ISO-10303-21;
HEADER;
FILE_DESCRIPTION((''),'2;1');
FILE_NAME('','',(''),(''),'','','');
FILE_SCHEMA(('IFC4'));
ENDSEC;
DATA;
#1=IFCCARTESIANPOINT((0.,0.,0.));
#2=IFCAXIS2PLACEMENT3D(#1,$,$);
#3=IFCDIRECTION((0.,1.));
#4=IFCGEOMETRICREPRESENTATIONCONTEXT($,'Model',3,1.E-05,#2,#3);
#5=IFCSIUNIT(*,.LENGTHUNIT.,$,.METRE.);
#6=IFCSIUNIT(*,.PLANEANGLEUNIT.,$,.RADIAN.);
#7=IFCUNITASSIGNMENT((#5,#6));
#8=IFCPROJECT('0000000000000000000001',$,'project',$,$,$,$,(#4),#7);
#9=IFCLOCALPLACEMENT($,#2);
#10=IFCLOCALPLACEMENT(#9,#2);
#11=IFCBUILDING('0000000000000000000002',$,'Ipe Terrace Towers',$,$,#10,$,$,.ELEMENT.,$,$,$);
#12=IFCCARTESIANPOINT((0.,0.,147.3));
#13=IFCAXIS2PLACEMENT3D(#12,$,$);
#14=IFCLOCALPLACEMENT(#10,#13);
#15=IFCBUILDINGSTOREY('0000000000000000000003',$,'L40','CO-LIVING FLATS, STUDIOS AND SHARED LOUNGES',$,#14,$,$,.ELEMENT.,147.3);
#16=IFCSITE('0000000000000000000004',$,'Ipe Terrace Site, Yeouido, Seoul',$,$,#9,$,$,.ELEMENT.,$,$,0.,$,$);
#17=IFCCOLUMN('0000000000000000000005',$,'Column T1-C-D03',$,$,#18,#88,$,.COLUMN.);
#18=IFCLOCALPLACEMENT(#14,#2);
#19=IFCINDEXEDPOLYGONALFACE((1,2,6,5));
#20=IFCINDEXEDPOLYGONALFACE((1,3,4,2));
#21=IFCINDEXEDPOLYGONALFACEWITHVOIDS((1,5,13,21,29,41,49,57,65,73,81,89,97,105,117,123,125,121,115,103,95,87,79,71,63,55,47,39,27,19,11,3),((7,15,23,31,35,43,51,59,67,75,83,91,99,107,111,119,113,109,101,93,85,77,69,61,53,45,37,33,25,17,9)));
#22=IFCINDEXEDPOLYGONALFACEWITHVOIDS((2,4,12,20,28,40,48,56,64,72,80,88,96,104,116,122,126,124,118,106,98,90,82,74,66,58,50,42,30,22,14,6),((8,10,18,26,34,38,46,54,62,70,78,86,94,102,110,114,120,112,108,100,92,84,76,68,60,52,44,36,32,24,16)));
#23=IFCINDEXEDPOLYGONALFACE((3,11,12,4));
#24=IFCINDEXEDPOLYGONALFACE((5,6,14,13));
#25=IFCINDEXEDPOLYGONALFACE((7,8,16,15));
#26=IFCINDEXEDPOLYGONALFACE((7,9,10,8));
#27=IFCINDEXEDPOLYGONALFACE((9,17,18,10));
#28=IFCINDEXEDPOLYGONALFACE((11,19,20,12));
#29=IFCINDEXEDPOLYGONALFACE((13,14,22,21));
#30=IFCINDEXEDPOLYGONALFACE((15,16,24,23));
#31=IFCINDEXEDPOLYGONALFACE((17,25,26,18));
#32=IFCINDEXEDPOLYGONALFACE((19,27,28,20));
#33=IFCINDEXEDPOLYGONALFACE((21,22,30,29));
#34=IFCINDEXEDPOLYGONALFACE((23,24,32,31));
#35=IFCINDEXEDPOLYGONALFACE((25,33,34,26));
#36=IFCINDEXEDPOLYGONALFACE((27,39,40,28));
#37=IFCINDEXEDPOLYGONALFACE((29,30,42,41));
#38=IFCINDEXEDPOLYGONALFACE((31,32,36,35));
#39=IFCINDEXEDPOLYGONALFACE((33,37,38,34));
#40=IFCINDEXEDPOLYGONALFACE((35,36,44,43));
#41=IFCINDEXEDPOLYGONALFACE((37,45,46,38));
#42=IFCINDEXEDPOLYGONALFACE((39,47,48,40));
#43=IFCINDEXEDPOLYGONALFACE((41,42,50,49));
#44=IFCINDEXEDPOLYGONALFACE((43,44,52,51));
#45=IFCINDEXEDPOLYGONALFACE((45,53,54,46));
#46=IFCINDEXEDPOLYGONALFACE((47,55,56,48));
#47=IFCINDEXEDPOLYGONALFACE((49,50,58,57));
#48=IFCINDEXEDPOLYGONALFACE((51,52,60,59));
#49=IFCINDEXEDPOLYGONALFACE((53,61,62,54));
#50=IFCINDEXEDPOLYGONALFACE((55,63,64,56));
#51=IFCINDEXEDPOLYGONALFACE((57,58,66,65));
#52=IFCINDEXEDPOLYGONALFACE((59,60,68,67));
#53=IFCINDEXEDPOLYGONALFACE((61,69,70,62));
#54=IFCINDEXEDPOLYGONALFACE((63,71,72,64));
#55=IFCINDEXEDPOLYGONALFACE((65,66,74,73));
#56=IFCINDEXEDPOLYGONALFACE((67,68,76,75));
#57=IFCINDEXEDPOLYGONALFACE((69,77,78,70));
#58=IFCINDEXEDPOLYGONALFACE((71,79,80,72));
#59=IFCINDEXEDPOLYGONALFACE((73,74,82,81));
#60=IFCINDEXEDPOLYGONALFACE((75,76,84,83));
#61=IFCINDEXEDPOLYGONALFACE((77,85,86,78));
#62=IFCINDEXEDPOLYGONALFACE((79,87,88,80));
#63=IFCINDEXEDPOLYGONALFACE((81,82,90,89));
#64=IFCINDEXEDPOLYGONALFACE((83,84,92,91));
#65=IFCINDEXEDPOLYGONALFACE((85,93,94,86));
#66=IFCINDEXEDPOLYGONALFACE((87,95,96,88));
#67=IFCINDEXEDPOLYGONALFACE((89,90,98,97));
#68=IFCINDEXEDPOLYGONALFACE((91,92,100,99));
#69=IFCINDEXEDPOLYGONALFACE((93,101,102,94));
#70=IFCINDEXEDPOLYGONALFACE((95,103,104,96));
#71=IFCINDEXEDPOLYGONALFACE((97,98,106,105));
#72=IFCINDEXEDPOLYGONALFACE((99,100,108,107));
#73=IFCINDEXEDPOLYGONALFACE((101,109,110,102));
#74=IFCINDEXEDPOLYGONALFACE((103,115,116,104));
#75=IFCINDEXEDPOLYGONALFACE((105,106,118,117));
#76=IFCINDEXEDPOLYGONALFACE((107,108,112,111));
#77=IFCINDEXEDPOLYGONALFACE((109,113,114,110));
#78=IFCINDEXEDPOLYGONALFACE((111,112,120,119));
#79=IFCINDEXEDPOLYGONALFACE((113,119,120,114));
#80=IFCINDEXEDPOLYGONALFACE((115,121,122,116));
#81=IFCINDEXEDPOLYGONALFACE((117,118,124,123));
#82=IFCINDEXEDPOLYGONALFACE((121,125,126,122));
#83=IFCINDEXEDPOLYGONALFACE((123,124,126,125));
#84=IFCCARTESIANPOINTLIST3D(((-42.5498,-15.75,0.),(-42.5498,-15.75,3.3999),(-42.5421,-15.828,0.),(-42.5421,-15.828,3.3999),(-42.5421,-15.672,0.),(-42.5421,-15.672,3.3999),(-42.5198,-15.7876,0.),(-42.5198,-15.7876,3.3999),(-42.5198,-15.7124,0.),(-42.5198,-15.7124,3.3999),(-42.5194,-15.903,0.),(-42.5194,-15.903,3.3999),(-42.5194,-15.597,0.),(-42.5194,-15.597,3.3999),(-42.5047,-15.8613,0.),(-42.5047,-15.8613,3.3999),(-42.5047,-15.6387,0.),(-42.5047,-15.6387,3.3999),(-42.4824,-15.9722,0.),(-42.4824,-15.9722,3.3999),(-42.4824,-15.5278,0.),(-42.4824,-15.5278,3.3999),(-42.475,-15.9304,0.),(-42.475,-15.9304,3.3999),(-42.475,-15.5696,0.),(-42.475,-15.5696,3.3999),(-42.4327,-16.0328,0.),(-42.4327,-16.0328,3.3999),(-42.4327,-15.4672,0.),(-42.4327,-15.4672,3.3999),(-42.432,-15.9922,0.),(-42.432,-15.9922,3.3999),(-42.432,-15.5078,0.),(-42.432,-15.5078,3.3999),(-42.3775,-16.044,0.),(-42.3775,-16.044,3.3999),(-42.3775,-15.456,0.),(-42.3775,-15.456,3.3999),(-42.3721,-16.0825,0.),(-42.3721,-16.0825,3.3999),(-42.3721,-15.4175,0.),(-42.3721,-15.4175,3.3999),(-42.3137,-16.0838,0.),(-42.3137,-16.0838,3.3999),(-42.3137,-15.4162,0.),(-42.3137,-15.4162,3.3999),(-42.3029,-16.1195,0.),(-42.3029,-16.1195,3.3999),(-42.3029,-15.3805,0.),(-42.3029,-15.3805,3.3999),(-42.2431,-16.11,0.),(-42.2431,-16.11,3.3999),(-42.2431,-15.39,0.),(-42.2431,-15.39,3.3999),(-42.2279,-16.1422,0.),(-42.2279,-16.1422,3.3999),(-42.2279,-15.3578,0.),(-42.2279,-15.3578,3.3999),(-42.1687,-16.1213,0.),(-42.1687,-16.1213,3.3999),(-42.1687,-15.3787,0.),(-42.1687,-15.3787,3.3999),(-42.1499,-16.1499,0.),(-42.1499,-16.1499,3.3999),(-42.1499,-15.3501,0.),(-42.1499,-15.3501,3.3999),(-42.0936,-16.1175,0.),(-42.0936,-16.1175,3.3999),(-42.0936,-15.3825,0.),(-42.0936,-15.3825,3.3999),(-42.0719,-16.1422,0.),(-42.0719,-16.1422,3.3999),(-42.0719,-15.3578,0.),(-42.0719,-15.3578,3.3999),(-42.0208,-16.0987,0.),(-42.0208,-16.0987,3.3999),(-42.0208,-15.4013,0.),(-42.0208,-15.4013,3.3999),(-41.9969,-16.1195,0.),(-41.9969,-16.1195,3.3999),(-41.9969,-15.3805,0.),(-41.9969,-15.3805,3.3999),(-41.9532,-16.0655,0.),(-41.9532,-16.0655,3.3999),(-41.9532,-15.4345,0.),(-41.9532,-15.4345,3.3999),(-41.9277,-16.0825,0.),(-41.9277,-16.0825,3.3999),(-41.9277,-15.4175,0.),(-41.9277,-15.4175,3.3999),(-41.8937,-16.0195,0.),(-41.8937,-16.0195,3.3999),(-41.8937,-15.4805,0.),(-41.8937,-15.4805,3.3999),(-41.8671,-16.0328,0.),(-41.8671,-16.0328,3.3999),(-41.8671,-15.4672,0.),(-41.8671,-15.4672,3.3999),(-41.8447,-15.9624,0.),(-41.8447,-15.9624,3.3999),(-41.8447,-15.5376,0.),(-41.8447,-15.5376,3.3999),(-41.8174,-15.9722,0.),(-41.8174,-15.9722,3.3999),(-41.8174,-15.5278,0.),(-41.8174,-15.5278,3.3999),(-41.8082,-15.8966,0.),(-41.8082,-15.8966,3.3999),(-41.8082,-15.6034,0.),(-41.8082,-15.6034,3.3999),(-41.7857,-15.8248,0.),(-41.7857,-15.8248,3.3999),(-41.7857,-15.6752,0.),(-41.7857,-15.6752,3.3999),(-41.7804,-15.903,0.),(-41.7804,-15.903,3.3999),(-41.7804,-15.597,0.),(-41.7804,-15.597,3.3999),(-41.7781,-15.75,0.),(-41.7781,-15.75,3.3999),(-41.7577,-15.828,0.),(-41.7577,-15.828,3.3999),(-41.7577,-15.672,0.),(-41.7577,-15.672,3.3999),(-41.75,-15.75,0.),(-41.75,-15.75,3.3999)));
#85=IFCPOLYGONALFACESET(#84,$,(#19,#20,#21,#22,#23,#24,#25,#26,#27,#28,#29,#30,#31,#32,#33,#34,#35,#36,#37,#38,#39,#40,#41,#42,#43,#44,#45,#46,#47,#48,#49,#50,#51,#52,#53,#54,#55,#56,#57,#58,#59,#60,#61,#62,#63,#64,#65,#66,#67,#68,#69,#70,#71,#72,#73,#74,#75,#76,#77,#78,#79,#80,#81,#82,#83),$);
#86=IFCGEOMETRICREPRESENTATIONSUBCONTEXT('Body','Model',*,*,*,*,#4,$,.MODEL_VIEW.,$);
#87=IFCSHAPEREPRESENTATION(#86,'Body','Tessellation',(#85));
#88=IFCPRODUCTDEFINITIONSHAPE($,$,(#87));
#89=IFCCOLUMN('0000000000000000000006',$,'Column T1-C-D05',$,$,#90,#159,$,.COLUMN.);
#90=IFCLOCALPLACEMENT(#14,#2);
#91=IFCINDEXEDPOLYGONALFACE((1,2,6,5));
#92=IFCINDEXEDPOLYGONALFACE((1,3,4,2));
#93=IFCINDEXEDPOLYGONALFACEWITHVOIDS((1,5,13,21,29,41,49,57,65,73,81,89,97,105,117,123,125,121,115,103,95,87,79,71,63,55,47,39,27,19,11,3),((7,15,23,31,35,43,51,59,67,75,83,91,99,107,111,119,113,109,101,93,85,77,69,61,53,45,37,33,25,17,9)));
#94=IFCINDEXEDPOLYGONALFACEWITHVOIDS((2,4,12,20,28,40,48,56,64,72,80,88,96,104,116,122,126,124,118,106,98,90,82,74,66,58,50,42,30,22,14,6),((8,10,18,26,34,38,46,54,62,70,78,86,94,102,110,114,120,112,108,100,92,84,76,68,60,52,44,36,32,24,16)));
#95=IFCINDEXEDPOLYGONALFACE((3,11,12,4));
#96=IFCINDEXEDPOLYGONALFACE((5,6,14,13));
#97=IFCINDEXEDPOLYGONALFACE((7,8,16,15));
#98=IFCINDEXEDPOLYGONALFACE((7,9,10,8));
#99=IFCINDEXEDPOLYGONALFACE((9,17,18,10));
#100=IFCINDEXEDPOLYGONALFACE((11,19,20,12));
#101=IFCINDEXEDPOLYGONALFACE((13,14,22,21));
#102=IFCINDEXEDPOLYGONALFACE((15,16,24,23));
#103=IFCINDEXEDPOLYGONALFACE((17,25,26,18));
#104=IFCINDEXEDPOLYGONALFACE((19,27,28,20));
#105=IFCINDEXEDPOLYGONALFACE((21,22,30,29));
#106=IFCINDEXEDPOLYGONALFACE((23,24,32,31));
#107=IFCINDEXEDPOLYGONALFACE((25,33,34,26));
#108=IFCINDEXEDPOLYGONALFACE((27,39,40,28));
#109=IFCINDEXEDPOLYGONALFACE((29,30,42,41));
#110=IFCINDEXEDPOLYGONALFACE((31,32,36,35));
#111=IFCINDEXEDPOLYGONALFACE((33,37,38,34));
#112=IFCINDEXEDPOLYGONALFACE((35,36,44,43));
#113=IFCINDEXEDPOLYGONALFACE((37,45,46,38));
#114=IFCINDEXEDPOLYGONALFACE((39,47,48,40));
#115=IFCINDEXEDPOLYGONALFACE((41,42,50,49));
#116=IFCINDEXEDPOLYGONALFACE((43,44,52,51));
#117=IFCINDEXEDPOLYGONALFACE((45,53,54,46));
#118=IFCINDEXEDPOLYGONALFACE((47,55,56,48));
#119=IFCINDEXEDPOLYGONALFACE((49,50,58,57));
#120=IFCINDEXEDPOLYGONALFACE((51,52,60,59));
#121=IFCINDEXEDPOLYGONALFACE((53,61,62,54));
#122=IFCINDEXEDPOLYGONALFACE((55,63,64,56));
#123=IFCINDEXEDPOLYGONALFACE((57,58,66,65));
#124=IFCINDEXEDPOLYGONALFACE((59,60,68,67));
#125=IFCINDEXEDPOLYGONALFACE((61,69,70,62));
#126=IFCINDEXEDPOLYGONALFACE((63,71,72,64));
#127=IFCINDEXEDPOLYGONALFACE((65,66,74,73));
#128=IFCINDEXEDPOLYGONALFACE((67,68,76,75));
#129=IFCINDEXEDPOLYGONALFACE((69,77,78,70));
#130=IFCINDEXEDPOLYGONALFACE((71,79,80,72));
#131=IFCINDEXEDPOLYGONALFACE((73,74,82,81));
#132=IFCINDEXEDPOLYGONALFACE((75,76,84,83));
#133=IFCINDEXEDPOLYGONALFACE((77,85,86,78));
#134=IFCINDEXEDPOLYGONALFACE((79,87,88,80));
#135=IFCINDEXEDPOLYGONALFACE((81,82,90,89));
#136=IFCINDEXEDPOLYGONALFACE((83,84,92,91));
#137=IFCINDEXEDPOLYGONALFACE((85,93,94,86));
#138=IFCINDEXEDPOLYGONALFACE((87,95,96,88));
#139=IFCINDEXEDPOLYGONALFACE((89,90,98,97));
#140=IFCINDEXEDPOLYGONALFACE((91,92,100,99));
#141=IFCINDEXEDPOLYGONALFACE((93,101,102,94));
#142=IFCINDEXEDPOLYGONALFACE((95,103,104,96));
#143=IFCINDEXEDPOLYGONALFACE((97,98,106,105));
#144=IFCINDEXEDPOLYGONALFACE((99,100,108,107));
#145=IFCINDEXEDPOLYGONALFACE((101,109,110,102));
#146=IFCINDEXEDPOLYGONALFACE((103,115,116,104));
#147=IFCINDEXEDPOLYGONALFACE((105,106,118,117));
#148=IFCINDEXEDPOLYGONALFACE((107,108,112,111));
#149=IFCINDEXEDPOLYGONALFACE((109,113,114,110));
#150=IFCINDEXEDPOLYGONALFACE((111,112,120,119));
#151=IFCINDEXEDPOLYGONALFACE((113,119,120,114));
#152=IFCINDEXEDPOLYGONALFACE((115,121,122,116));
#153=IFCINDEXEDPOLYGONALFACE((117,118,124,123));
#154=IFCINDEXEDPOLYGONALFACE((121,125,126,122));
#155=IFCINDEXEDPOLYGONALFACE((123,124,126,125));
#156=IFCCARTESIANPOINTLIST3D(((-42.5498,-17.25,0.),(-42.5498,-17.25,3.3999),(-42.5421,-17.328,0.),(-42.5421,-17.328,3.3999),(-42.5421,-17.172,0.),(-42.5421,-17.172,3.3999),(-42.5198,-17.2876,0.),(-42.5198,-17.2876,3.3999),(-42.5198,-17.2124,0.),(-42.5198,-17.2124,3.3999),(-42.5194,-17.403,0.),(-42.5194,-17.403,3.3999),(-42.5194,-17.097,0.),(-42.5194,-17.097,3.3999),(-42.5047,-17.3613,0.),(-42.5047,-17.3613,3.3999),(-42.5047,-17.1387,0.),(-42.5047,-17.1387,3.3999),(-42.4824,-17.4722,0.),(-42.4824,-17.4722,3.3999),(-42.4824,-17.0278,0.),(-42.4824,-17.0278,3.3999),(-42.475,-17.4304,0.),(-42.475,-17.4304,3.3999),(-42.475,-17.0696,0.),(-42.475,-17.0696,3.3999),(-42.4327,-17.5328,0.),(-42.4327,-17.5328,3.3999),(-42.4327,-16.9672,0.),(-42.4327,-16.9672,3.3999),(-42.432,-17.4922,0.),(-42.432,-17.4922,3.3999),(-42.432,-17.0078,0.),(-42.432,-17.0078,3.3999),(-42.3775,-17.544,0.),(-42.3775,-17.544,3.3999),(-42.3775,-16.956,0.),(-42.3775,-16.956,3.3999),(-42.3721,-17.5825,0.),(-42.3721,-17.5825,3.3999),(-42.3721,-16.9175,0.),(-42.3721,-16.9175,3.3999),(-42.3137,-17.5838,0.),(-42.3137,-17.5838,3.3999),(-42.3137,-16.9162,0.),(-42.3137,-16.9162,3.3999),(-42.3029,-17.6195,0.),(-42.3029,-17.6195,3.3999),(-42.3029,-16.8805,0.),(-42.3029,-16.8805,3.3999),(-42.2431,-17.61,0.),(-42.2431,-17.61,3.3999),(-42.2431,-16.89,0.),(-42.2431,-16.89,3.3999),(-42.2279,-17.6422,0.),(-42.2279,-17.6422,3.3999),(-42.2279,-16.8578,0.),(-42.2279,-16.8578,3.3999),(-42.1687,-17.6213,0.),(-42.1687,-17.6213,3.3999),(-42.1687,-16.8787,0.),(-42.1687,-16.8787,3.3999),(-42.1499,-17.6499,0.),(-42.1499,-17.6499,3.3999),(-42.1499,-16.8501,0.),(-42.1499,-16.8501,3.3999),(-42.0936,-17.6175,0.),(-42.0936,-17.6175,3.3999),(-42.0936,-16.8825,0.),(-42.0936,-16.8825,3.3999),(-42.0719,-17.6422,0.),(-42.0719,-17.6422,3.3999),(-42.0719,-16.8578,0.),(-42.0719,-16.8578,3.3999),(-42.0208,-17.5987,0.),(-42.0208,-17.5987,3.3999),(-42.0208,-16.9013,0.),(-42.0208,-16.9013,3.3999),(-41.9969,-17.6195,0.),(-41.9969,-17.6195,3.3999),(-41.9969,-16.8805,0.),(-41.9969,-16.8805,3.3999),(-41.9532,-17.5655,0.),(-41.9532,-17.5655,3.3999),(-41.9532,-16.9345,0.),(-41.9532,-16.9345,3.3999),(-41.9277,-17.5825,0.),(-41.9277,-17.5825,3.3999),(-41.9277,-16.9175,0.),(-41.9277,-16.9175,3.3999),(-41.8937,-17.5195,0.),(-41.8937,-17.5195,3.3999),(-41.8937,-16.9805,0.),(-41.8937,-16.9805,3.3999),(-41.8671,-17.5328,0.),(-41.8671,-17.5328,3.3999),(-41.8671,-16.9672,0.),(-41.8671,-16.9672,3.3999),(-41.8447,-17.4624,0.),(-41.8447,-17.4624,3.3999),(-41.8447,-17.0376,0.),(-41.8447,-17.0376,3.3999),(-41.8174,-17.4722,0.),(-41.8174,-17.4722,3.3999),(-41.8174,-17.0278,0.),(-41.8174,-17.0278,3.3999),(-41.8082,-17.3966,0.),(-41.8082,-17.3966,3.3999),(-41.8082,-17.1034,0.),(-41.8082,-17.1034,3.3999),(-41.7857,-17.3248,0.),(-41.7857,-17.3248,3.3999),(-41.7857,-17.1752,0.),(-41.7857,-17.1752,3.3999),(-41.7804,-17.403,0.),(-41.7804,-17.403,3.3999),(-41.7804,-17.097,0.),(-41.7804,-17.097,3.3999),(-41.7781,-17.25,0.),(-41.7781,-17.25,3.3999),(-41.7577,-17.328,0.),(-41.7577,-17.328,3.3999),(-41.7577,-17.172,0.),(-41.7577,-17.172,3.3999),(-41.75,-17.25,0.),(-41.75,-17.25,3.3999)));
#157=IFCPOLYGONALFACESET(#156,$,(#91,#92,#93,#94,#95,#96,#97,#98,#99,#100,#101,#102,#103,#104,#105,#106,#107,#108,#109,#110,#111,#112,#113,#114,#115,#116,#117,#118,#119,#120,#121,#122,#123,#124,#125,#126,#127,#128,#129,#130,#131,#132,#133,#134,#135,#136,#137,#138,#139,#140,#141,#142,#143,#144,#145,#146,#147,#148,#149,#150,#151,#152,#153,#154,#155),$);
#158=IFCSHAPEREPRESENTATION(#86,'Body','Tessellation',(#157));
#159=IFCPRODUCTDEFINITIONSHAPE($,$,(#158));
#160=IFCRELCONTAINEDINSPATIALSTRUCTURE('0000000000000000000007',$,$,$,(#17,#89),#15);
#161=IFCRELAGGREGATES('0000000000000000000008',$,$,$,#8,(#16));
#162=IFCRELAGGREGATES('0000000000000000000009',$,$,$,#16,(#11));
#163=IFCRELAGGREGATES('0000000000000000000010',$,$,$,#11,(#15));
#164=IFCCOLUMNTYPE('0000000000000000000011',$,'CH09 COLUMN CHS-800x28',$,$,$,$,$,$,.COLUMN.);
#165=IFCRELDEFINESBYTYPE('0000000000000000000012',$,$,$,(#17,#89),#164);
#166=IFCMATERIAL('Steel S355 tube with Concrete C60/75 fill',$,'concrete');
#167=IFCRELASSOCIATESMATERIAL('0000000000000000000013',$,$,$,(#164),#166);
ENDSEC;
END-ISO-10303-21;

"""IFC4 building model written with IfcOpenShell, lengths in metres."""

from ifc_helpers import new_model, si_unit, direction, frame, origin, origin_2d, place, context, subcontext, project, spatial, hollow_circle, extrude, material, material_profile, profile_set, type_object, element, save


model = new_model("IFC4")

# Units and contexts
model_context = context("Model", 3, precision=1e-05, world=origin(), true_north=direction((0.0, 1.0)))
body_context = subcontext(model_context, "Body", "Model", "MODEL_VIEW")
ifc_project = project(units=[si_unit("LENGTHUNIT", "METRE"), si_unit("PLANEANGLEUNIT", "RADIAN")], contexts=[model_context])

# Site, building, storey
site_placement = place(None, origin())
site = spatial("IfcSite", under=ifc_project, at=site_placement, Name="Ipe Terrace Site, Yeouido, Seoul", CompositionType="ELEMENT", RefElevation=0.0)
building_placement = place(site_placement, origin())
building = spatial("IfcBuilding", under=site, at=building_placement, Name="Ipe Terrace Towers", CompositionType="ELEMENT")
storey_placement = place(building_placement, frame((0.0, 0.0, 147.3)))
storey = spatial("IfcBuildingStorey", under=building, at=storey_placement, Name="L40", Description="CO-LIVING FLATS, STUDIOS AND SHARED LOUNGES", CompositionType="ELEMENT", Elevation=147.3)

# Columns
ifc_material_1 = material(Name="Steel S355 tube with Concrete C60/75 fill", Category="concrete")
ifc_material_profile_1 = material_profile(ifc_material_1, hollow_circle(Radius=0.3999, WallThickness=0.0281, at=origin_2d()), Name="CHS-800x28")
ifc_profile_set_1 = profile_set([ifc_material_profile_1], Name="Steel S355 tube with Concrete C60/75 fill")
column_type_1 = type_object("IfcColumnType", Name="CH09 COLUMN CHS-800x28", PredefinedType="COLUMN", material=ifc_profile_set_1)
for number, where, z_axis, x_axis, name in (
    (1, (-42.1499, -15.75, 0.0), (0.0, 0.0, 1.0), (1.0, 0.0, 0.0), "Column T1-C-D03"),
    (2, (-42.1499, -17.25, 0.0), (0.0, 0.0, 1.0), (1.0, 0.0, 0.0), "Column T1-C-D05"),
):
    element("IfcColumn", number, at=place(storey_placement, frame(where, z_axis=z_axis, x_axis=x_axis)), inside=storey, type_object=column_type_1, Name=name, PredefinedType="COLUMN", context=body_context, shape_type="SweptSolid", body=[
        extrude(hollow_circle(Radius=0.3999, WallThickness=0.0281, at=origin_2d()), origin(), (0.0, 0.0, 1.0), 3.3999),
    ])

save(model, "model.ifc")
